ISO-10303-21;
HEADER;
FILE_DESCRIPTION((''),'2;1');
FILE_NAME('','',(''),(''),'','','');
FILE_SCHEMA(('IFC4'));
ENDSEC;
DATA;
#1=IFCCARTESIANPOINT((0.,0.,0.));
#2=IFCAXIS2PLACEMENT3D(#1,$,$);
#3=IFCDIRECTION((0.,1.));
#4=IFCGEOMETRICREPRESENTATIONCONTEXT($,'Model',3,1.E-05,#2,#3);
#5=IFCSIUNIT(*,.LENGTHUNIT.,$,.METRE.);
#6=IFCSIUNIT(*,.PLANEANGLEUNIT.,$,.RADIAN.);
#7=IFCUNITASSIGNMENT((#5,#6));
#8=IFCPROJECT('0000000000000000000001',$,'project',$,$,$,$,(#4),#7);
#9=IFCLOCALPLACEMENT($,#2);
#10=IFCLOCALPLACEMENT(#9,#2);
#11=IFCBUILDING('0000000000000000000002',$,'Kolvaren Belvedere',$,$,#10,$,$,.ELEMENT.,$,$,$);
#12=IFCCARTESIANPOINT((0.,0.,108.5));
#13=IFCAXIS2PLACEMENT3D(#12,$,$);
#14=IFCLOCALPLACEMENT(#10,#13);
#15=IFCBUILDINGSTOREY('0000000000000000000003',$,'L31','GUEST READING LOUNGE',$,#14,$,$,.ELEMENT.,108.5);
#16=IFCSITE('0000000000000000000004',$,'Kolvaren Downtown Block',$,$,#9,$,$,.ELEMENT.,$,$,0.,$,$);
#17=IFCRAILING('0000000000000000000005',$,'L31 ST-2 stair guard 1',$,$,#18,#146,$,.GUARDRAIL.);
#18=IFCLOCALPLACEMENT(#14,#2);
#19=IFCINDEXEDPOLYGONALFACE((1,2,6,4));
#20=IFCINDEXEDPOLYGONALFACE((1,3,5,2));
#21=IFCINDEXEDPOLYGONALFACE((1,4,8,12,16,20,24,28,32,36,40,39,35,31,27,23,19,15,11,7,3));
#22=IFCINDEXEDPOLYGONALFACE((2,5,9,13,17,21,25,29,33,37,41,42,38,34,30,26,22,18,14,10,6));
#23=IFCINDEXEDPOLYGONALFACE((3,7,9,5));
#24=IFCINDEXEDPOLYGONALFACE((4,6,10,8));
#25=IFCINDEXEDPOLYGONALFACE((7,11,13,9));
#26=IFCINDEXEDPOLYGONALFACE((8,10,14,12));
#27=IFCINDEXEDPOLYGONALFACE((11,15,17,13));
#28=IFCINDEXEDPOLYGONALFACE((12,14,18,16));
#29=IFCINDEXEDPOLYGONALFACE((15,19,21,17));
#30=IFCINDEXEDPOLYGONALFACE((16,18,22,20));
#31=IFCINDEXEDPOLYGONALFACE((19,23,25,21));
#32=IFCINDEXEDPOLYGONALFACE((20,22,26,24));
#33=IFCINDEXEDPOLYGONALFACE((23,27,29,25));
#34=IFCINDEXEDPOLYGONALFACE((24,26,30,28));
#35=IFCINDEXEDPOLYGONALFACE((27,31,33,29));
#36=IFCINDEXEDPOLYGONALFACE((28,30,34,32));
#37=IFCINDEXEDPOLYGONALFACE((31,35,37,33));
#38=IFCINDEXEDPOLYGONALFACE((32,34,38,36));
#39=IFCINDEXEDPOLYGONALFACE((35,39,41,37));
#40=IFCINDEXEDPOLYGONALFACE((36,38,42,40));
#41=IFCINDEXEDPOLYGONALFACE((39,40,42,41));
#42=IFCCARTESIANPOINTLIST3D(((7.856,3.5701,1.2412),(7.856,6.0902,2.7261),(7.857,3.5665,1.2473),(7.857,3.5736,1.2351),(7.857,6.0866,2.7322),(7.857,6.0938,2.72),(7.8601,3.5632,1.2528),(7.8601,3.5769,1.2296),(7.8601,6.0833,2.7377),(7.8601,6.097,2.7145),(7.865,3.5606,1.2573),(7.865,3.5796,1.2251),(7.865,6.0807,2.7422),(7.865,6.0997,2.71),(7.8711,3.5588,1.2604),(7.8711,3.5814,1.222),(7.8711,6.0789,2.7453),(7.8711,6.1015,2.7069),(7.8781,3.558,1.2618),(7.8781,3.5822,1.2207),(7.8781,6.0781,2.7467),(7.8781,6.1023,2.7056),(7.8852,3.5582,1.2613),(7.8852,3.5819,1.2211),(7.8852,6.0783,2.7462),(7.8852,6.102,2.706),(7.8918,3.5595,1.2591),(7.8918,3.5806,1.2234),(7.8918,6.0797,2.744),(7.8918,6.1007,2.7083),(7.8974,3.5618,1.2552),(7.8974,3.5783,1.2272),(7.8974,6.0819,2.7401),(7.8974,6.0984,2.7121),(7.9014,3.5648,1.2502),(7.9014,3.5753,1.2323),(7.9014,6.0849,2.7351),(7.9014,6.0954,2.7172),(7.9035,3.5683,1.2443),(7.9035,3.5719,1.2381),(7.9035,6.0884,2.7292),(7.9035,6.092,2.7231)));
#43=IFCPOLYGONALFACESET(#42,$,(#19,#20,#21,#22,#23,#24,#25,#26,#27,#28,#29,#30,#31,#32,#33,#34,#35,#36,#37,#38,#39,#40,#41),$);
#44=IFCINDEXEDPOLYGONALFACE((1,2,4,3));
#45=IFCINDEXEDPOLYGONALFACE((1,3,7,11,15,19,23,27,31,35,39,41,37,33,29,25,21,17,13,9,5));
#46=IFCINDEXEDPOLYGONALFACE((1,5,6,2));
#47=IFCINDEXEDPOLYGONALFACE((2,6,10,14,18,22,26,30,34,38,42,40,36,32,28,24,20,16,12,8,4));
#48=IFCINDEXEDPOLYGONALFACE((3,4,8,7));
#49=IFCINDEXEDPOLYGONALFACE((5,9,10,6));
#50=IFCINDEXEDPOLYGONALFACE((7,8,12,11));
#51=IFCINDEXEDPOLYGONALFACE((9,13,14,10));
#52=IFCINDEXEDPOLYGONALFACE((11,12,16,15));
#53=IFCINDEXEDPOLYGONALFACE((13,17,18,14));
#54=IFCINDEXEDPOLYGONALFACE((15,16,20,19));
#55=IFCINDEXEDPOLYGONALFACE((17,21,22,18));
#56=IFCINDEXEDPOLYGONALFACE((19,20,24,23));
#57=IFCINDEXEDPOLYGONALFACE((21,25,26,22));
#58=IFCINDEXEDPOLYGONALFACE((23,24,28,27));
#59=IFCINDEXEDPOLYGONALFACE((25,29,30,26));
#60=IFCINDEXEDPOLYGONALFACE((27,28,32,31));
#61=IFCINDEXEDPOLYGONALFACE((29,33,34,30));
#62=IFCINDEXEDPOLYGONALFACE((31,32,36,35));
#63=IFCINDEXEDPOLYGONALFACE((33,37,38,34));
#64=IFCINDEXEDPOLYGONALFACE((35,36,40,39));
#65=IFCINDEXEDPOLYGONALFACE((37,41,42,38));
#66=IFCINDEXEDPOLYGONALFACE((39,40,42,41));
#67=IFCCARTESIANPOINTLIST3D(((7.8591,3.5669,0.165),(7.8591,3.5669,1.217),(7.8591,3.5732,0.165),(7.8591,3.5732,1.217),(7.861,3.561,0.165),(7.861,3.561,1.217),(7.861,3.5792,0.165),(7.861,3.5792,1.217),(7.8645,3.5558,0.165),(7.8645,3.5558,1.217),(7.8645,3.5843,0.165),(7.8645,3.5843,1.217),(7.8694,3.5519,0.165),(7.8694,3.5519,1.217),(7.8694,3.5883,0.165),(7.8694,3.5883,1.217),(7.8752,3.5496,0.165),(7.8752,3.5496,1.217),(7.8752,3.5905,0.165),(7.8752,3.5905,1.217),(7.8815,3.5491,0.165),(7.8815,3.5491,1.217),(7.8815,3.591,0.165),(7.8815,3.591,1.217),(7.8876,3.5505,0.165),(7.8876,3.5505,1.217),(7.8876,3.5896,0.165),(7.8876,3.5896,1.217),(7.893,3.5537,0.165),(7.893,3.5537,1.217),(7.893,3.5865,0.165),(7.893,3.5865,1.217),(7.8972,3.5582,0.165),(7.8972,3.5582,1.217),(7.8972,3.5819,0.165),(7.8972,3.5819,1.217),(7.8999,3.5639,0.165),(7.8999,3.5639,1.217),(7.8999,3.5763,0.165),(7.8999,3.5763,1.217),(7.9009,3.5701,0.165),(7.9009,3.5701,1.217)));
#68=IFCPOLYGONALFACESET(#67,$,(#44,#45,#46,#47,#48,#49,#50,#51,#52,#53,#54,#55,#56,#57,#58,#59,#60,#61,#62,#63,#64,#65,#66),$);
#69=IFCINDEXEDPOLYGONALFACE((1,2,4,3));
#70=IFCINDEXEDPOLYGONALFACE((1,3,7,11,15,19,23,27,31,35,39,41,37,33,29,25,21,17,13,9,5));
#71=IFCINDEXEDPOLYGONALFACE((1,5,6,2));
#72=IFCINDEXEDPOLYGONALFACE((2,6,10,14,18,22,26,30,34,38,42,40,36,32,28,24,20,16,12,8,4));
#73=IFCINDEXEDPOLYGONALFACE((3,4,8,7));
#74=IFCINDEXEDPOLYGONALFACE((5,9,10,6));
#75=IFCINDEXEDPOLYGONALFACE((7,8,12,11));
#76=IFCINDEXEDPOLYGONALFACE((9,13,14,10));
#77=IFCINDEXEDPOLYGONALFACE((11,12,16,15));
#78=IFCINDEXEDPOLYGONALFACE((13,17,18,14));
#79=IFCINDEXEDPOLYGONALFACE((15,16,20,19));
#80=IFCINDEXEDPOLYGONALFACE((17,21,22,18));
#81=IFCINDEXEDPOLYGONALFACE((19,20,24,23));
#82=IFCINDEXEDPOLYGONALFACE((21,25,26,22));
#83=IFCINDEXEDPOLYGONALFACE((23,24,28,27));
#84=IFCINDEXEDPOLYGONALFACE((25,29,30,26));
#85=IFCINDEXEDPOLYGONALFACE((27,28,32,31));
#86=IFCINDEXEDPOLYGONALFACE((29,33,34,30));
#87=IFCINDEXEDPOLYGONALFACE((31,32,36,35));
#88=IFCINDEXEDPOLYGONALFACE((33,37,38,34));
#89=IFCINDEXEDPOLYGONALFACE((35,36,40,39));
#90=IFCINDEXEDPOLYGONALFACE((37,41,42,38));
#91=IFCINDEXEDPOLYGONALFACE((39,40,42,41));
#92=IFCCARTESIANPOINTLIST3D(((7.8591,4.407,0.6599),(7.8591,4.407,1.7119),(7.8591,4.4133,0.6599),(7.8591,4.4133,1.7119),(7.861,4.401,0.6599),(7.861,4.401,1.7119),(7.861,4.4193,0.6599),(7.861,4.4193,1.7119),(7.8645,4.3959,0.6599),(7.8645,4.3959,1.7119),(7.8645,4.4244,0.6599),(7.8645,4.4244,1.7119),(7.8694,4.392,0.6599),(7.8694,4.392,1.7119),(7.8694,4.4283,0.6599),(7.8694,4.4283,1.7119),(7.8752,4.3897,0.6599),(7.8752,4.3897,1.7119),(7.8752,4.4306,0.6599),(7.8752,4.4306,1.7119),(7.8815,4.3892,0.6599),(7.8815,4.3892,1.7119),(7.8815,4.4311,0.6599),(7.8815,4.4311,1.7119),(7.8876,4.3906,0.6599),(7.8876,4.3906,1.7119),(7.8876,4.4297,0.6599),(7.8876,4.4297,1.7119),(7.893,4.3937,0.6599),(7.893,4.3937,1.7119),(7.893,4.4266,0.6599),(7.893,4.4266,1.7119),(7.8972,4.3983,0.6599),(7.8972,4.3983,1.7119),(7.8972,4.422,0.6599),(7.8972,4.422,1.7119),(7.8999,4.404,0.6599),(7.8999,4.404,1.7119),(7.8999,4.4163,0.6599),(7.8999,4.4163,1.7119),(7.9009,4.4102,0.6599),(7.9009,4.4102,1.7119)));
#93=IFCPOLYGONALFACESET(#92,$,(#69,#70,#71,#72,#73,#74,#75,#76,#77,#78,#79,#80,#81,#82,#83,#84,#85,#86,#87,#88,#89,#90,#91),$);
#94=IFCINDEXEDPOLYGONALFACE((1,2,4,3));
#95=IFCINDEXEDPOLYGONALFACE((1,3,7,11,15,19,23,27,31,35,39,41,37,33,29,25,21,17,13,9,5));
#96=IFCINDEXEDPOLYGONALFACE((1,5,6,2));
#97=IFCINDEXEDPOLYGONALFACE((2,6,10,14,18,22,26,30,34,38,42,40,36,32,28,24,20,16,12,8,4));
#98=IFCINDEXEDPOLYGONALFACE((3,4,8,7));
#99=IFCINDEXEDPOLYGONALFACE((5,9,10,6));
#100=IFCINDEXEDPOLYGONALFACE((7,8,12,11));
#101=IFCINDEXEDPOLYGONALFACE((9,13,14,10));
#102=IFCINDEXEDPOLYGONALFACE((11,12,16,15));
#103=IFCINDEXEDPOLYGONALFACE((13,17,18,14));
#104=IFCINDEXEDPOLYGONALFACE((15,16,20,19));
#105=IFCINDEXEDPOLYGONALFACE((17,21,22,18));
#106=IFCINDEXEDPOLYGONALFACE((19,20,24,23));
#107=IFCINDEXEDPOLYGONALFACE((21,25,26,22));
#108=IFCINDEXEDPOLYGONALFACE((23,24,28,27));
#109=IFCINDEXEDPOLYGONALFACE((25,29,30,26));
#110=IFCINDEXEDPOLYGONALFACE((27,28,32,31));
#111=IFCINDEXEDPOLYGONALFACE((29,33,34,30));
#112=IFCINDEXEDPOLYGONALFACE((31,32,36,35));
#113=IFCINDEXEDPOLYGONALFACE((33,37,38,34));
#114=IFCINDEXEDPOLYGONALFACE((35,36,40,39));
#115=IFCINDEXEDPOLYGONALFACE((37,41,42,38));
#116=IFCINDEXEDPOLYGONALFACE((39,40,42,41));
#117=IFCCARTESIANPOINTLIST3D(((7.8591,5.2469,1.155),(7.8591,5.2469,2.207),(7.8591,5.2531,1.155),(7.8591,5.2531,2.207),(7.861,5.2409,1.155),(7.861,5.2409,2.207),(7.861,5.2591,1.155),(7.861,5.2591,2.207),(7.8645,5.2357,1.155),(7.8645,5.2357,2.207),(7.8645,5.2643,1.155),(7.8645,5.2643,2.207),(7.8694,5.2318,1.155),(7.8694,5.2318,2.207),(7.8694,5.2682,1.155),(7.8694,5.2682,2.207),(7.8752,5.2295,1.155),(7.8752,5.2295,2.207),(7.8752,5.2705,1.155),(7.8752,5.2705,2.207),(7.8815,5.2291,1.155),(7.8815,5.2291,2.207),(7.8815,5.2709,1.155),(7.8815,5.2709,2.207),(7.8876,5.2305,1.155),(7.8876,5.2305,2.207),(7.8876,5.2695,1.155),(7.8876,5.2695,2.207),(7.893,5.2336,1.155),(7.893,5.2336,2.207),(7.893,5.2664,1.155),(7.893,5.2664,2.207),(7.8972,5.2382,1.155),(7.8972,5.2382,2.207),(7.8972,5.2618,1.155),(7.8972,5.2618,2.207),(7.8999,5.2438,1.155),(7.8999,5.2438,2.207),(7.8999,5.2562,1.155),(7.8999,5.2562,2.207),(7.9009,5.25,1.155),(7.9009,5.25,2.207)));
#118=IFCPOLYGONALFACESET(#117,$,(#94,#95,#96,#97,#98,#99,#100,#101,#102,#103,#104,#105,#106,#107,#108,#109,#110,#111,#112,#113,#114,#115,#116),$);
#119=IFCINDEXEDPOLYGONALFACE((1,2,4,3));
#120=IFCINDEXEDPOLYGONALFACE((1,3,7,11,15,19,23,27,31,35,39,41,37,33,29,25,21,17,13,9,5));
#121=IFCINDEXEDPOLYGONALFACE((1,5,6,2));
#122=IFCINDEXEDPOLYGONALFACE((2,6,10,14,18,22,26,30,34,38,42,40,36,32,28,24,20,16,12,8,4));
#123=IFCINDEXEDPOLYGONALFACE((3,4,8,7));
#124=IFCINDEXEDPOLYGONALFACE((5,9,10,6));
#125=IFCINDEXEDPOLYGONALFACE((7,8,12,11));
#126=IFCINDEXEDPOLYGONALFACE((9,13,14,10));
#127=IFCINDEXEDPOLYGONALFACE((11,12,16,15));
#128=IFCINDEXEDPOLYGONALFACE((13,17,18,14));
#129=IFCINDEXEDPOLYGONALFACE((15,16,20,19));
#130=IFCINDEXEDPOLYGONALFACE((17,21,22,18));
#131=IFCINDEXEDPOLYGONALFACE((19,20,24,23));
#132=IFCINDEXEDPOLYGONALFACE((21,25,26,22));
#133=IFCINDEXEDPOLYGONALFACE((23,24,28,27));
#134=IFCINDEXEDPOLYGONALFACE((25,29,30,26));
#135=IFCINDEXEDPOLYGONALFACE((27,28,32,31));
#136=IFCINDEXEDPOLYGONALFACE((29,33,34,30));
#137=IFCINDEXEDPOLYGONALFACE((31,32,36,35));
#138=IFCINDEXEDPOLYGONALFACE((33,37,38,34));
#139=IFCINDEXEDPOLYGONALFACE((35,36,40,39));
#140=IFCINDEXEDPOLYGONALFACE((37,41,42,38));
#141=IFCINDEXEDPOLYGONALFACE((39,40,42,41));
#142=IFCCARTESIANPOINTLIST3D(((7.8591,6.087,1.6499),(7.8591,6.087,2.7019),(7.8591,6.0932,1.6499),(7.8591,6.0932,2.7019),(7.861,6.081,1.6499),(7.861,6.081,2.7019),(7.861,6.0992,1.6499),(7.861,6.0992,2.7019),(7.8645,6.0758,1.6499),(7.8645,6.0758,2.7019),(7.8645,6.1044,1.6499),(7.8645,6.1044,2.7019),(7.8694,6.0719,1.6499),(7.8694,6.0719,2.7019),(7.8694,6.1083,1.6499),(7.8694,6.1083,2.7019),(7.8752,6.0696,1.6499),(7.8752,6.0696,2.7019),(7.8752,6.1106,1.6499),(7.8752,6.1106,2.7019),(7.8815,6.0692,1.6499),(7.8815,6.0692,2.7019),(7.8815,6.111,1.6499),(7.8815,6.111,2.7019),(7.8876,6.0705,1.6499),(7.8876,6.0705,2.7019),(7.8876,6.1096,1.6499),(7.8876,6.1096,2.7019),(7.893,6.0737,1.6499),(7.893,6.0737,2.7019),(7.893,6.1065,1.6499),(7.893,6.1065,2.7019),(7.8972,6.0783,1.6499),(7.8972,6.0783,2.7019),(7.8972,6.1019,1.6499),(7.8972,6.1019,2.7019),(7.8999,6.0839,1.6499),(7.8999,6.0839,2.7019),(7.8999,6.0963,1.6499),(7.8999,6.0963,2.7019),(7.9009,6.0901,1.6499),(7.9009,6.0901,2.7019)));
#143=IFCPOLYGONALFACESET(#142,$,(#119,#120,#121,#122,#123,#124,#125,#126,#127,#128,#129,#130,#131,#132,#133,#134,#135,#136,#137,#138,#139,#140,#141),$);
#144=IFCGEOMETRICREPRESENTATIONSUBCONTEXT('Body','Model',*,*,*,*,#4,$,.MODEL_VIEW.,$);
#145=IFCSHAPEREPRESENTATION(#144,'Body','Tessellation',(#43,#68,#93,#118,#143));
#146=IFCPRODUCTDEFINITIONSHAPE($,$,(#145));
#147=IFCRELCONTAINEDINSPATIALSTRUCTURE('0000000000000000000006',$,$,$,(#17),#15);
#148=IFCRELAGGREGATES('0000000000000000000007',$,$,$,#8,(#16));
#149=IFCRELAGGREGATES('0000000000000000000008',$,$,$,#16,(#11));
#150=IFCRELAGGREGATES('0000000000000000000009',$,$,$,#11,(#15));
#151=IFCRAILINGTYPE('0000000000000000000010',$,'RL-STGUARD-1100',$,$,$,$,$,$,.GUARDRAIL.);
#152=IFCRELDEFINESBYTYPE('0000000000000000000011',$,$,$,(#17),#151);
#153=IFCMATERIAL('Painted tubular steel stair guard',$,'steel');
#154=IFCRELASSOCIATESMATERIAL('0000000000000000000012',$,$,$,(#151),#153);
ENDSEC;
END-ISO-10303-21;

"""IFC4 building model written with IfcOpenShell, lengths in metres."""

from ifc_helpers import new_model, si_unit, direction, frame, origin, origin_2d, place, context, subcontext, project, spatial, circle, extrude, material, type_object, element, save


model = new_model("IFC4")

# Units and contexts
model_context = context("Model", 3, precision=1e-05, world=origin(), true_north=direction((0.0, 1.0)))
body_context = subcontext(model_context, "Body", "Model", "MODEL_VIEW")
ifc_project = project(units=[si_unit("LENGTHUNIT", "METRE"), si_unit("PLANEANGLEUNIT", "RADIAN")], contexts=[model_context])

# Site, building, storey
site_placement = place(None, origin())
site = spatial("IfcSite", under=ifc_project, at=site_placement, Name="Kolvaren Downtown Block", CompositionType="ELEMENT", RefElevation=0.0)
building_placement = place(site_placement, origin())
building = spatial("IfcBuilding", under=site, at=building_placement, Name="Kolvaren Belvedere", CompositionType="ELEMENT")
storey_placement = place(building_placement, frame((0.0, 0.0, 108.5)))
storey = spatial("IfcBuildingStorey", under=building, at=storey_placement, Name="L31", Description="GUEST READING LOUNGE", CompositionType="ELEMENT", Elevation=108.5)

# Railing
ifc_material_1 = material(Name="Painted tubular steel stair guard", Category="steel")
railing_type_1 = type_object("IfcRailingType", Name="RL-STGUARD-1100", PredefinedType="GUARDRAIL", material=ifc_material_1)
railing_1_placement = place(storey_placement, frame((7.8799, 3.5701, 0.165)))
element("IfcRailing", 1, at=railing_1_placement, inside=storey, type_object=railing_type_1, Name="L31 ST-2 stair guard 1", PredefinedType="GUARDRAIL", context=body_context, shape_type="SweptSolid", body=[
    extrude(circle(Radius=0.0239, at=origin_2d()), frame((0.0, 0.0, 1.0762), z_axis=(0.0, 0.861561, 0.507655), x_axis=(-1.0, 0.0, 0.0)), (0.0, 0.0, 1.0), 2.925),
    extrude(circle(Radius=0.021, at=origin_2d()), origin(), (0.0, 0.0, 1.0), 1.052),
    extrude(circle(Radius=0.021, at=origin_2d()), frame((0.0, 0.8401, 0.4949)), (0.0, 0.0, 1.0), 1.052),
    extrude(circle(Radius=0.021, at=origin_2d()), frame((0.0, 1.6799, 0.99)), (0.0, 0.0, 1.0), 1.052),
    extrude(circle(Radius=0.021, at=origin_2d()), frame((0.0, 2.52, 1.4849)), (0.0, 0.0, 1.0), 1.052),
])

save(model, "model.ifc")
